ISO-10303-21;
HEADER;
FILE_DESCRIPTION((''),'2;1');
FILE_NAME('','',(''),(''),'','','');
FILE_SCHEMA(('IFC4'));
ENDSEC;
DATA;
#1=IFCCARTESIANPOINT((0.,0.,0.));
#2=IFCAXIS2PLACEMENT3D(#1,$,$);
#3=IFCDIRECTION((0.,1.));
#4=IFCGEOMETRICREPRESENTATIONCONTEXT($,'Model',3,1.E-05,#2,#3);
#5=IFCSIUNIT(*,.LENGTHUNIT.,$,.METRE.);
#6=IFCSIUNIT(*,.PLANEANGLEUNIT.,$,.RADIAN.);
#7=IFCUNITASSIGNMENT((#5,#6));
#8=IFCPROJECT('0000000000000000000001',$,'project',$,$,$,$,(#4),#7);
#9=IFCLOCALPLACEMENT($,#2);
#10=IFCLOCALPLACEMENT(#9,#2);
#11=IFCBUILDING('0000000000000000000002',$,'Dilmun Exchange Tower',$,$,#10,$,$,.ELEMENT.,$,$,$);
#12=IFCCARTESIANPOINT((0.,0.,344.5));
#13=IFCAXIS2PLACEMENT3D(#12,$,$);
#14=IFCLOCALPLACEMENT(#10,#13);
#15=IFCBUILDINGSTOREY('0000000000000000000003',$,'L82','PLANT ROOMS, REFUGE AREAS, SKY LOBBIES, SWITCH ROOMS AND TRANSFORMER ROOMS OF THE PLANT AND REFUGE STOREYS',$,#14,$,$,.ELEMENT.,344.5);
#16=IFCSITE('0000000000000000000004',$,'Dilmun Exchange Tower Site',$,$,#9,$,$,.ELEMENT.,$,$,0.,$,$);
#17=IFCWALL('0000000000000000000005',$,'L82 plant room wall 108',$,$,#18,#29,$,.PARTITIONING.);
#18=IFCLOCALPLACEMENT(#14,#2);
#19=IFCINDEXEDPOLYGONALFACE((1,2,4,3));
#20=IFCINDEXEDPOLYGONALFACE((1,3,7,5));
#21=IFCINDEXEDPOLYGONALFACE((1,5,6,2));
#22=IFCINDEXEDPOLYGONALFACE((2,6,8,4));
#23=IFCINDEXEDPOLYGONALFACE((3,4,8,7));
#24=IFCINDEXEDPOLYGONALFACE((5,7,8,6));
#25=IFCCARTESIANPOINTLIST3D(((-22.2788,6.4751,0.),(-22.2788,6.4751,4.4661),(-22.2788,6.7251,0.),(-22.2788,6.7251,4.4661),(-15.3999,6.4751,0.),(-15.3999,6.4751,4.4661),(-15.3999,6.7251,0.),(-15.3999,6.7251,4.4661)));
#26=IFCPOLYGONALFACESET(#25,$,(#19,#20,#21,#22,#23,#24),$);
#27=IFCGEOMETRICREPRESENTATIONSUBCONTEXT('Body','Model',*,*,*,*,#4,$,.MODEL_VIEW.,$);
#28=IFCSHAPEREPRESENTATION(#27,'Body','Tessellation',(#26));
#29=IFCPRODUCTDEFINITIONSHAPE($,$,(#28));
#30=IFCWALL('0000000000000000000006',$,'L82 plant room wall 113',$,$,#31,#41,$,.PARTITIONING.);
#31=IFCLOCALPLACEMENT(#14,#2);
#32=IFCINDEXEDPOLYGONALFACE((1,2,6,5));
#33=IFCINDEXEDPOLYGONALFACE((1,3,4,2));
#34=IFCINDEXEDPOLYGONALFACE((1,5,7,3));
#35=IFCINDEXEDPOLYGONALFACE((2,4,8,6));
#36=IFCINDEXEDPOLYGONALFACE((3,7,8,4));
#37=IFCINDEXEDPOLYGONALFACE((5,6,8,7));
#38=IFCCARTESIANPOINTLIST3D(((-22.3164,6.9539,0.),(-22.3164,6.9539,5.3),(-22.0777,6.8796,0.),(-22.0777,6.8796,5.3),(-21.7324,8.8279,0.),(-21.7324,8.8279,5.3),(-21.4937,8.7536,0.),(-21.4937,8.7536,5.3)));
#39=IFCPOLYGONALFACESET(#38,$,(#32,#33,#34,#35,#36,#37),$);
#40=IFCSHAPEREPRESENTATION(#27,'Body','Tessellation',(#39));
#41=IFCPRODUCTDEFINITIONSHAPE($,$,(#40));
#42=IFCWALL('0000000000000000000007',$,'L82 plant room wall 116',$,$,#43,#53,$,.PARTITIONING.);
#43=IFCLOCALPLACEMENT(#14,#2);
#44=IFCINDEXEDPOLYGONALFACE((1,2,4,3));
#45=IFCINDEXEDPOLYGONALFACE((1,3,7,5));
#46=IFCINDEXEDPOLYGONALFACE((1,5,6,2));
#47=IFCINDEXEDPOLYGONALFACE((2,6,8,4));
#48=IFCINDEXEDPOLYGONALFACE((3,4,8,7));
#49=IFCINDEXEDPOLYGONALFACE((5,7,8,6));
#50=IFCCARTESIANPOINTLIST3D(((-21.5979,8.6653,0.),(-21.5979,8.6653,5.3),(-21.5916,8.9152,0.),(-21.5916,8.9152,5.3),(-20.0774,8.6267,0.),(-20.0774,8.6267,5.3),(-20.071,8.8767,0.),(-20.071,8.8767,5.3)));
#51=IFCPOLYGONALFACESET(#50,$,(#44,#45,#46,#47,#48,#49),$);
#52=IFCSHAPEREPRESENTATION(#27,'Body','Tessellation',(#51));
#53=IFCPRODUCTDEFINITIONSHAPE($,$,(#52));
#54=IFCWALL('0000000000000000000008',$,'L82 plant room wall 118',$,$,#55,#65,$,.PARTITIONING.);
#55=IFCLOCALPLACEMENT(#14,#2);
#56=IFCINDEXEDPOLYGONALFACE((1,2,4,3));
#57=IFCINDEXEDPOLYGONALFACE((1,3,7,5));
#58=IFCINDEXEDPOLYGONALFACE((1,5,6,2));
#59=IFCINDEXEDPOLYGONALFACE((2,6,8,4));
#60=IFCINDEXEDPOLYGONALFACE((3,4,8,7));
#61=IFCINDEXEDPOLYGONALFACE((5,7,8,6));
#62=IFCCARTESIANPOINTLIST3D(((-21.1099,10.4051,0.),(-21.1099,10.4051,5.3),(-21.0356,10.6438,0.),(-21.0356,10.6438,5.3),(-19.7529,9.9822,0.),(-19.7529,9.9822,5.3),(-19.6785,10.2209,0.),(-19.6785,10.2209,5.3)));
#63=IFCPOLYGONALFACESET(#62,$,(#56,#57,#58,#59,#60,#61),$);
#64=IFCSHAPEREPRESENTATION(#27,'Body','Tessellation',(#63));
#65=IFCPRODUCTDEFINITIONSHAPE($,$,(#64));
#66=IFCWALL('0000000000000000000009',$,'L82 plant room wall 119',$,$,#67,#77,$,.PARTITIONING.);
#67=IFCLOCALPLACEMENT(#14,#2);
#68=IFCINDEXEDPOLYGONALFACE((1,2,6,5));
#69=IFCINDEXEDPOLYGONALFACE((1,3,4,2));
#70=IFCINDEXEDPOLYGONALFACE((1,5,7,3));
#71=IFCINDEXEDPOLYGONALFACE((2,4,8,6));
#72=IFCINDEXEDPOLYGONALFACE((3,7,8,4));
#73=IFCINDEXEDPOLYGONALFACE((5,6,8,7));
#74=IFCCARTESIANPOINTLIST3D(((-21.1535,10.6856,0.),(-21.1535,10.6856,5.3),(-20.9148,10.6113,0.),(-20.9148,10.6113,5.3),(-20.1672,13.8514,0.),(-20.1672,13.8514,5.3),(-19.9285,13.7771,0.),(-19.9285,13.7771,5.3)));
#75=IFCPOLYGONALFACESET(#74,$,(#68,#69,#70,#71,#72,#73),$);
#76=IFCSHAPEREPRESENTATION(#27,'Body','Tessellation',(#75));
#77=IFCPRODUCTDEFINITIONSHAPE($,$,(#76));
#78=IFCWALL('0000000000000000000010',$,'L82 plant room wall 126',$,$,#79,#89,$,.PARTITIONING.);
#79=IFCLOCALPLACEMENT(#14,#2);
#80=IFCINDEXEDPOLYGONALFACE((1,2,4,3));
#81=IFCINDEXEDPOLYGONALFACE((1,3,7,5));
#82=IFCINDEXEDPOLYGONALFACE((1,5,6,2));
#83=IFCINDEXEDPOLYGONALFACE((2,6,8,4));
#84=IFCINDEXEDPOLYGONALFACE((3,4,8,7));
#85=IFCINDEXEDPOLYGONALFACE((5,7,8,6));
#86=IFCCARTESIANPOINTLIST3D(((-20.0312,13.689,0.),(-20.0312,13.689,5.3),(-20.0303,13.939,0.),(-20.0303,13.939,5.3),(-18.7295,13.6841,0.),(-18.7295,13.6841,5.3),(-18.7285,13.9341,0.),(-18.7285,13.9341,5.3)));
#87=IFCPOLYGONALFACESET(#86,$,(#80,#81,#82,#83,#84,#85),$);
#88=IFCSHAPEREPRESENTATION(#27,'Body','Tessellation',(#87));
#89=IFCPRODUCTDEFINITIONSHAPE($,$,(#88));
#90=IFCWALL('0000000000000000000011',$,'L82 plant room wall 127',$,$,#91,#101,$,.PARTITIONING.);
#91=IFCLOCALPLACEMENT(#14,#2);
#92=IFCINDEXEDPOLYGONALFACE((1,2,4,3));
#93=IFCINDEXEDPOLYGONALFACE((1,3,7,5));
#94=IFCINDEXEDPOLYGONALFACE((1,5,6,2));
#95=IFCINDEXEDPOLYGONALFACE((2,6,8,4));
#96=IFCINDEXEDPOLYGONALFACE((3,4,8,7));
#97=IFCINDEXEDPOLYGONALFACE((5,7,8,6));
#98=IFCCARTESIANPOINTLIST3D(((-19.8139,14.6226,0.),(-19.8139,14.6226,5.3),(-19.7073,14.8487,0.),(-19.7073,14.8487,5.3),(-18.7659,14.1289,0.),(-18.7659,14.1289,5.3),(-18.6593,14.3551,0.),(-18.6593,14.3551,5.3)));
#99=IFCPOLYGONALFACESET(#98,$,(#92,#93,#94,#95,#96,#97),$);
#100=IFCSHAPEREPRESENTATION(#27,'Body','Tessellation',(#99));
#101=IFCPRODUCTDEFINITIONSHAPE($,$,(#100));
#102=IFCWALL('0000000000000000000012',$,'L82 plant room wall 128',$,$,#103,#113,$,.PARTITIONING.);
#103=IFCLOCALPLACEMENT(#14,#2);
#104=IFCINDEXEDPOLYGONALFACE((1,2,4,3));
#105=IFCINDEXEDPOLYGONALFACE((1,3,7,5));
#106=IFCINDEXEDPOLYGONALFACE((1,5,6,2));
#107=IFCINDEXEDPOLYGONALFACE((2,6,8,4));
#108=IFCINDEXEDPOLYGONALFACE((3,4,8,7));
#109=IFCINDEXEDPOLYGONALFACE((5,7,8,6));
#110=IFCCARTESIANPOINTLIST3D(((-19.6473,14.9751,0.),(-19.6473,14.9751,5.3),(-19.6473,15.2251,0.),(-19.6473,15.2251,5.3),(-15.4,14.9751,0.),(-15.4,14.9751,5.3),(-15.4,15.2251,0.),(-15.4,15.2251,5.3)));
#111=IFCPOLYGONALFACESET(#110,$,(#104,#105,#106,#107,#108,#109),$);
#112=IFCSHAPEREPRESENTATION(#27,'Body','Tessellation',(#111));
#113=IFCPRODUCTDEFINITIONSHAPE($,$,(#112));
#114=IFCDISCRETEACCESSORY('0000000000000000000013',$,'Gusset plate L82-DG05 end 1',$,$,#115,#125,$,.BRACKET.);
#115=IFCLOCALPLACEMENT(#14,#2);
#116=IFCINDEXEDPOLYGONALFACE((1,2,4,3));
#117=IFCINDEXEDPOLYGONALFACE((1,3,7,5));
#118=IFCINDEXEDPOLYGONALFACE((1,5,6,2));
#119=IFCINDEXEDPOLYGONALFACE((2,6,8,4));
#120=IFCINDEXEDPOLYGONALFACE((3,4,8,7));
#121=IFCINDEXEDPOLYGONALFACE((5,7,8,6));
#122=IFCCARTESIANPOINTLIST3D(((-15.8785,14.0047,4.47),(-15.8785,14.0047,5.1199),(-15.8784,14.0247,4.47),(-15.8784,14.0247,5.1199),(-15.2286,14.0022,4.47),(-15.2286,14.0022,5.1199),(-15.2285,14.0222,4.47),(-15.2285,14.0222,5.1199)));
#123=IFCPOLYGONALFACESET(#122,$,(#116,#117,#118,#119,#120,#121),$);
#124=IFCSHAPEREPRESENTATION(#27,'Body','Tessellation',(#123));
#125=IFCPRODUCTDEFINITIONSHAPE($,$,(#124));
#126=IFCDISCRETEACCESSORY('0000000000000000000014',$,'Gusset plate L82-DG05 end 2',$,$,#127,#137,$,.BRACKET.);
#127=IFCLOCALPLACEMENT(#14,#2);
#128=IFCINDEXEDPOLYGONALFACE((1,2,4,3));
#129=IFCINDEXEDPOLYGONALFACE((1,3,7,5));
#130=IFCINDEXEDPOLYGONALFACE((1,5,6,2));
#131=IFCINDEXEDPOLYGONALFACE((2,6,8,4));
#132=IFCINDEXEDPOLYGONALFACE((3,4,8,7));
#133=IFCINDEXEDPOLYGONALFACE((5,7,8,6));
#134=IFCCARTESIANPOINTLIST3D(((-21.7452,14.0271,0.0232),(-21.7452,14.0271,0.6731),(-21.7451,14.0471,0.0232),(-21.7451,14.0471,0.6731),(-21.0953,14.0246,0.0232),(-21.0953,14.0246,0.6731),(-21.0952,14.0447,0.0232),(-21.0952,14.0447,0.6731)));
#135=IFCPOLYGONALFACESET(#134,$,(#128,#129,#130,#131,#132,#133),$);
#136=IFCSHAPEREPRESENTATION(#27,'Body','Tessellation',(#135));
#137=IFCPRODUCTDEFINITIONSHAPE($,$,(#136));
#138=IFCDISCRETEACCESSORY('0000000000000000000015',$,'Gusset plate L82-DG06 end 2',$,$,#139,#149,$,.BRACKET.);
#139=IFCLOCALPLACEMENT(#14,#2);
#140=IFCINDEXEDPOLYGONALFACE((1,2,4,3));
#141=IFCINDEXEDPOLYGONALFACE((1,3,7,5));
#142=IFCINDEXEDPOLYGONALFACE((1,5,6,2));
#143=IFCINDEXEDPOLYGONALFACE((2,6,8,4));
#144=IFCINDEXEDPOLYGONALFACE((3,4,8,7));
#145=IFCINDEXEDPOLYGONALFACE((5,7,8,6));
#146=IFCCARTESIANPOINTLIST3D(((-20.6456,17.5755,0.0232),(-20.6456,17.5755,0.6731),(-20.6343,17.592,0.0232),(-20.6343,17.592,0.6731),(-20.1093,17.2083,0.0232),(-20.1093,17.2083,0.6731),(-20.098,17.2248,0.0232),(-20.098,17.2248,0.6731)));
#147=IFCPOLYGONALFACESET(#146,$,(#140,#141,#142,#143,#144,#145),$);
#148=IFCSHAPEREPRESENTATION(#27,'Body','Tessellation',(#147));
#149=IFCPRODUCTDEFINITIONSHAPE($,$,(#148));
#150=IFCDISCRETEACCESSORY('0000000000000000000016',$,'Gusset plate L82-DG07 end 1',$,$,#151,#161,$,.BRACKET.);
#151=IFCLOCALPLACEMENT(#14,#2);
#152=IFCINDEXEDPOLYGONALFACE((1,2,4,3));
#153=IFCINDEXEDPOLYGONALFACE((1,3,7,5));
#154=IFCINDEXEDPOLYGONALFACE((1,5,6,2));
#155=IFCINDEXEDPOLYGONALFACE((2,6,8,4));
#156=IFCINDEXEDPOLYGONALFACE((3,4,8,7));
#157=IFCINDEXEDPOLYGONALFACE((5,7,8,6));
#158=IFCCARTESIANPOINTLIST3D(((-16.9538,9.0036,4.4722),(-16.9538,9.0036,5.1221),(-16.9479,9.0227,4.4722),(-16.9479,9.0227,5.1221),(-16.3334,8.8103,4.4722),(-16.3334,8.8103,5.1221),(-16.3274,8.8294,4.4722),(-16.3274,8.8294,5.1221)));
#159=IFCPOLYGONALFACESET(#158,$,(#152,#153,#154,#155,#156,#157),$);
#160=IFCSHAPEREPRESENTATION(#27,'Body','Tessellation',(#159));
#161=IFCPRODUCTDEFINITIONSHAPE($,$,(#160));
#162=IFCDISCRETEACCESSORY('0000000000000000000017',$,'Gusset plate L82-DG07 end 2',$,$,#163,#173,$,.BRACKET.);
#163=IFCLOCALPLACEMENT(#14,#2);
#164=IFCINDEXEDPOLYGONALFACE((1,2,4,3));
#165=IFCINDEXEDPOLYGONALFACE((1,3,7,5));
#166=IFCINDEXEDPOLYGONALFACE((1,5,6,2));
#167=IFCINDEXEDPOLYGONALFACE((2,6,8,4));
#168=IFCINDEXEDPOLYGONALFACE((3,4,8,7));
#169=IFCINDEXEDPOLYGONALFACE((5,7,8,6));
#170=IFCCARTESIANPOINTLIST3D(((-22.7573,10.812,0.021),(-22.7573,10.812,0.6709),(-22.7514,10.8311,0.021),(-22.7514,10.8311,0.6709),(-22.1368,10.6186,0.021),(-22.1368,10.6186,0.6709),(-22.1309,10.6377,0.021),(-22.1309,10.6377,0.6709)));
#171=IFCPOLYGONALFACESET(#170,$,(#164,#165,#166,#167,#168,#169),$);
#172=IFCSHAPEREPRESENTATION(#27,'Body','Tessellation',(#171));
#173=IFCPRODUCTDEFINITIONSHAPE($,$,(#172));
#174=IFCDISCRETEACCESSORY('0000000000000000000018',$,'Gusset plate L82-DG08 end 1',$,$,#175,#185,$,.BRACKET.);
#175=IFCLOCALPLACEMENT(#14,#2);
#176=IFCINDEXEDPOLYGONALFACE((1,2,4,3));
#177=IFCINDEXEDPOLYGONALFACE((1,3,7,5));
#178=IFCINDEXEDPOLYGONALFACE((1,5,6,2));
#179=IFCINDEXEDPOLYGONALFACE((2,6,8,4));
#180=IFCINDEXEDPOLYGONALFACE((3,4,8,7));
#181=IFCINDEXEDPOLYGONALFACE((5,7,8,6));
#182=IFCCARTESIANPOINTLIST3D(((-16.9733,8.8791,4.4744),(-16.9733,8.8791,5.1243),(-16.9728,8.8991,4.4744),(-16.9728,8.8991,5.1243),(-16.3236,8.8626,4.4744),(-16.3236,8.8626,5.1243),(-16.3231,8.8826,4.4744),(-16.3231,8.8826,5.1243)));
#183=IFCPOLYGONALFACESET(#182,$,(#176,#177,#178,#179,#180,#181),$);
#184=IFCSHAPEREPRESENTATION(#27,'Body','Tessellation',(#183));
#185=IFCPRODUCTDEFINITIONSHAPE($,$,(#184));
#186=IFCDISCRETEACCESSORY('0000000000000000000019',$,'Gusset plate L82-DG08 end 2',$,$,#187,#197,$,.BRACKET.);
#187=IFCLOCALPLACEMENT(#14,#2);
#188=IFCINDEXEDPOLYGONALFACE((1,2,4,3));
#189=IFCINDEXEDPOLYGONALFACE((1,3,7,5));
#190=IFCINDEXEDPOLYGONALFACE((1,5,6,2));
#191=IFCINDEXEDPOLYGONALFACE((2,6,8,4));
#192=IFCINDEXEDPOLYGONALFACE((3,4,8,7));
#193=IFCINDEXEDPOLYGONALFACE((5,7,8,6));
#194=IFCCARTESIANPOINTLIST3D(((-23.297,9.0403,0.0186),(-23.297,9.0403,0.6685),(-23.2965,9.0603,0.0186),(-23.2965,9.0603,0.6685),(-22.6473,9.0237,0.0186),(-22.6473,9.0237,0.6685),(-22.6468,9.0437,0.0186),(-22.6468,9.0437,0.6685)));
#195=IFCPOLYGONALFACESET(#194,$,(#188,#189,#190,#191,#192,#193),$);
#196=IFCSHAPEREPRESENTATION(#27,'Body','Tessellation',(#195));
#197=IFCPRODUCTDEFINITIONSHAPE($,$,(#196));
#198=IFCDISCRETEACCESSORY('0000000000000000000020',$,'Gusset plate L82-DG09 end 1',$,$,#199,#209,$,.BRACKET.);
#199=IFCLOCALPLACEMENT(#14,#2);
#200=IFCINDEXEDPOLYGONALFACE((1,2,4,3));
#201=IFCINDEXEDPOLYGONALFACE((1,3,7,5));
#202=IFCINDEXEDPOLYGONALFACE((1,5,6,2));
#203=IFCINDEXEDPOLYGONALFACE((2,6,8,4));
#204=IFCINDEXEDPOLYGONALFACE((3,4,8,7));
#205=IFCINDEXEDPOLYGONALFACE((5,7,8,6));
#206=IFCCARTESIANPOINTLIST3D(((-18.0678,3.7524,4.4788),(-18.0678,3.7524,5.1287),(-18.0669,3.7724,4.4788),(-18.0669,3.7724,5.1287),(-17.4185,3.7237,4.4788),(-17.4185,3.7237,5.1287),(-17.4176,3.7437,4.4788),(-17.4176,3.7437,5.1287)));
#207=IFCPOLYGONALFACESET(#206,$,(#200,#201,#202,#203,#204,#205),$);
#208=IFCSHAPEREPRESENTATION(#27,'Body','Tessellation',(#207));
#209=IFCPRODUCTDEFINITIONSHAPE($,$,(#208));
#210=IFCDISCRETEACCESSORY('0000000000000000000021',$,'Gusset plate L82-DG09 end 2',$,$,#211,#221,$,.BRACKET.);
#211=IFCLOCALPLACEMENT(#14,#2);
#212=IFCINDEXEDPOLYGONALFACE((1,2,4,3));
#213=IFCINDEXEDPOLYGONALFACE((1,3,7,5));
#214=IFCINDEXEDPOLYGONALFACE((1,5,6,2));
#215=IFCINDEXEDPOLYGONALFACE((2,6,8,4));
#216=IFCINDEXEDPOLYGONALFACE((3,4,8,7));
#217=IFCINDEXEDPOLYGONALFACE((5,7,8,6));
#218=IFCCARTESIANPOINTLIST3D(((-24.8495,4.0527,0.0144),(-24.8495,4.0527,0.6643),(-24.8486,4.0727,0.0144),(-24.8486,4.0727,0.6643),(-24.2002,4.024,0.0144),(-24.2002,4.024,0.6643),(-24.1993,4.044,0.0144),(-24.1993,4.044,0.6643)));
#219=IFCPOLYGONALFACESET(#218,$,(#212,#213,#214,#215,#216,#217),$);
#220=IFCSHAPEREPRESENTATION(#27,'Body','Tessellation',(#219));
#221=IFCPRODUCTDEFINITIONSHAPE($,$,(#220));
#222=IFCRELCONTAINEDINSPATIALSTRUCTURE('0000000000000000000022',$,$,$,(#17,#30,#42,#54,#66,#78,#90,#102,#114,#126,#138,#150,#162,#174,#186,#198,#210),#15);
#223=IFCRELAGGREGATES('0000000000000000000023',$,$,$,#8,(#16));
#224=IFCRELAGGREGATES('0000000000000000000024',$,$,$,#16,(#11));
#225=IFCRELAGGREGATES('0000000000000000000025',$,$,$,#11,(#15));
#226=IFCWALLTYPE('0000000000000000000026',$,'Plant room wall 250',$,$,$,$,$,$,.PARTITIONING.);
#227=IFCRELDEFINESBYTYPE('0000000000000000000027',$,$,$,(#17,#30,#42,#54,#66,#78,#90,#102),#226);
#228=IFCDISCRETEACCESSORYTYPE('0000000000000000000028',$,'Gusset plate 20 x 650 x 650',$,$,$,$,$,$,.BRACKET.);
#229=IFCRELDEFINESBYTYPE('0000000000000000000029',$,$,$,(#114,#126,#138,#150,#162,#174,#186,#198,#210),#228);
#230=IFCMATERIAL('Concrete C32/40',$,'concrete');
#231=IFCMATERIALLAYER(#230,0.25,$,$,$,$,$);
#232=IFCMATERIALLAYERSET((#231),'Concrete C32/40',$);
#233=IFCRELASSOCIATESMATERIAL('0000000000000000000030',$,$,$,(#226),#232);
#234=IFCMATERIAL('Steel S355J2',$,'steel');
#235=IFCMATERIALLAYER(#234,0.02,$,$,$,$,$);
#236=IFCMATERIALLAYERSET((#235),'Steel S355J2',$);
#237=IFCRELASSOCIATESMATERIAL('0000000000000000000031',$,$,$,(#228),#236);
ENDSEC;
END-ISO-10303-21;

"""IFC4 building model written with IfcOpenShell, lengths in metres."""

from ifc_helpers import new_model, si_unit, direction, frame, frame_2d, origin, origin_2d, place, context, subcontext, project, spatial, rectangle, extrude, material, layer, layer_set, type_object, element, save


model = new_model("IFC4")

# Units and contexts
model_context = context("Model", 3, precision=1e-05, world=origin(), true_north=direction((0.0, 1.0)))
body_context = subcontext(model_context, "Body", "Model", "MODEL_VIEW")
ifc_project = project(units=[si_unit("LENGTHUNIT", "METRE"), si_unit("PLANEANGLEUNIT", "RADIAN")], contexts=[model_context])

# Site, building, storey
site_placement = place(None, origin())
site = spatial("IfcSite", under=ifc_project, at=site_placement, Name="Dilmun Exchange Tower Site", CompositionType="ELEMENT", RefElevation=0.0)
building_placement = place(site_placement, origin())
building = spatial("IfcBuilding", under=site, at=building_placement, Name="Dilmun Exchange Tower", CompositionType="ELEMENT")
storey_placement = place(building_placement, frame((0.0, 0.0, 344.5)))
storey = spatial("IfcBuildingStorey", under=building, at=storey_placement, Name="L82", Description="PLANT ROOMS, REFUGE AREAS, SKY LOBBIES, SWITCH ROOMS AND TRANSFORMER ROOMS OF THE PLANT AND REFUGE STOREYS", CompositionType="ELEMENT", Elevation=344.5)

# Walls
ifc_material_1 = material(Name="Concrete C32/40", Category="concrete")
ifc_layer_1 = layer(ifc_material_1, 0.25)
ifc_layer_set_1 = layer_set([ifc_layer_1], Name="Concrete C32/40")
wall_type = type_object("IfcWallType", Name="Plant room wall 250", PredefinedType="PARTITIONING", material=ifc_layer_set_1)
wall_1_placement = place(storey_placement, frame((-22.2788, 6.6001, 0.0), z_axis=(0.0, 0.0, 1.0), x_axis=(1.0, 0.0, 0.0)))
element("IfcWall", 1, at=wall_1_placement, inside=storey, type_object=wall_type, Name="L82 plant room wall 108", PredefinedType="PARTITIONING", context=body_context, shape_type="SweptSolid", body=[
    extrude(rectangle(XDim=6.8789, YDim=0.25, at=frame_2d((3.4395, 0.0))), origin(), (0.0, 0.0, 1.0), 4.4661),
])
wall_2_placement = place(storey_placement, frame((-22.197, 6.9167, 0.0), z_axis=(0.0, 0.0, 1.0), x_axis=(0.29751, 0.954719, 0.0)))
element("IfcWall", 2, at=wall_2_placement, inside=storey, type_object=wall_type, Name="L82 plant room wall 113", PredefinedType="PARTITIONING", context=body_context, shape_type="SweptSolid", body=[
    extrude(rectangle(XDim=1.9629, YDim=0.25, at=frame_2d((0.9814, 0.0))), origin(), (0.0, 0.0, 1.0), 5.3),
])
wall_3_placement = place(storey_placement, frame((-21.5947, 8.7903, 0.0), z_axis=(0.0, 0.0, 1.0), x_axis=(0.999678, -0.025361, 0.0)))
element("IfcWall", 3, at=wall_3_placement, inside=storey, type_object=wall_type, Name="L82 plant room wall 116", PredefinedType="PARTITIONING", context=body_context, shape_type="SweptSolid", body=[
    extrude(rectangle(XDim=1.521, YDim=0.25, at=frame_2d((0.7605, 0.0))), origin(), (0.0, 0.0, 1.0), 5.3),
])
wall_4_placement = place(storey_placement, frame((-21.0728, 10.5244, 0.0), z_axis=(0.0, 0.0, 1.0), x_axis=(0.954718, -0.297512, 0.0)))
element("IfcWall", 4, at=wall_4_placement, inside=storey, type_object=wall_type, Name="L82 plant room wall 118", PredefinedType="PARTITIONING", context=body_context, shape_type="SweptSolid", body=[
    extrude(rectangle(XDim=1.4214, YDim=0.25, at=frame_2d((0.7107, 0.0))), origin(), (0.0, 0.0, 1.0), 5.3),
])
wall_5_placement = place(storey_placement, frame((-21.0342, 10.6484, 0.0), z_axis=(0.0, 0.0, 1.0), x_axis=(0.297457, 0.954735, 0.0)))
element("IfcWall", 5, at=wall_5_placement, inside=storey, type_object=wall_type, Name="L82 plant room wall 119", PredefinedType="PARTITIONING", context=body_context, shape_type="SweptSolid", body=[
    extrude(rectangle(XDim=3.3159, YDim=0.25, at=frame_2d((1.658, 0.0))), origin(), (0.0, 0.0, 1.0), 5.3),
])
wall_6_placement = place(storey_placement, frame((-20.0308, 13.814, 0.0), z_axis=(0.0, 0.0, 1.0), x_axis=(0.999993, -0.003751, 0.0)))
element("IfcWall", 6, at=wall_6_placement, inside=storey, type_object=wall_type, Name="L82 plant room wall 126", PredefinedType="PARTITIONING", context=body_context, shape_type="SweptSolid", body=[
    extrude(rectangle(XDim=1.3018, YDim=0.25, at=frame_2d((0.6509, 0.0))), origin(), (0.0, 0.0, 1.0), 5.3),
])
wall_7_placement = place(storey_placement, frame((-19.7605, 14.7356, 0.0), z_axis=(0.0, 0.0, 1.0), x_axis=(0.904675, -0.426101, 0.0)))
element("IfcWall", 7, at=wall_7_placement, inside=storey, type_object=wall_type, Name="L82 plant room wall 127", PredefinedType="PARTITIONING", context=body_context, shape_type="SweptSolid", body=[
    extrude(rectangle(XDim=1.1584, YDim=0.25, at=frame_2d((0.5791, 0.0))), origin(), (0.0, 0.0, 1.0), 5.3),
])
wall_8_placement = place(storey_placement, frame((-19.6472, 15.1001, 0.0), z_axis=(0.0, 0.0, 1.0), x_axis=(1.0, 0.0, 0.0)))
element("IfcWall", 8, at=wall_8_placement, inside=storey, type_object=wall_type, Name="L82 plant room wall 128", PredefinedType="PARTITIONING", context=body_context, shape_type="SweptSolid", body=[
    extrude(rectangle(XDim=4.2473, YDim=0.25, at=frame_2d((2.1235, 0.0))), origin(), (0.0, 0.0, 1.0), 5.3),
])

# Discrete accessories
ifc_material_2 = material(Name="Steel S355J2", Category="steel")
ifc_layer_2 = layer(ifc_material_2, 0.02)
ifc_layer_set_2 = layer_set([ifc_layer_2], Name="Steel S355J2")
discrete_accessory_type = type_object("IfcDiscreteAccessoryType", Name="Gusset plate 20 x 650 x 650", PredefinedType="BRACKET", material=ifc_layer_set_2)
for number, where, z_axis, x_axis, name in (
    (9, (-15.5535, 14.0134, 4.47), (0.0, 0.0, 1.0), (-0.999993, 0.003803, 0.0), "Gusset plate L82-DG05 end 1"),
    (10, (-21.4202, 14.0359, 0.0232), (0.0, 0.0, 1.0), (-0.999993, 0.003803, 0.0), "Gusset plate L82-DG05 end 2"),
    (11, (-20.3718, 17.4001, 0.0232), (0.0, 0.0, 1.0), (-0.825161, 0.564898, 0.0), "Gusset plate L82-DG06 end 2"),
    (12, (-16.6406, 8.9165, 4.4722), (0.0, 0.0, 1.0), (-0.954727, 0.297483, 0.0), "Gusset plate L82-DG07 end 1"),
    (13, (-22.4441, 10.7249, 0.021), (0.0, 0.0, 1.0), (-0.954727, 0.297483, 0.0), "Gusset plate L82-DG07 end 2"),
    (14, (-16.6482, 8.8809, 4.4744), (0.0, 0.0, 1.0), (-0.999676, 0.025458, 0.0), "Gusset plate L82-DG08 end 1"),
    (15, (-22.9719, 9.042, 0.0186), (0.0, 0.0, 1.0), (-0.999676, 0.025458, 0.0), "Gusset plate L82-DG08 end 2"),
    (16, (-17.7427, 3.748, 4.4788), (0.0, 0.0, 1.0), (-0.99902, 0.044251, 0.0), "Gusset plate L82-DG09 end 1"),
    (17, (-24.5244, 4.0483, 0.0144), (0.0, 0.0, 1.0), (-0.99902, 0.044251, 0.0), "Gusset plate L82-DG09 end 2"),
):
    element("IfcDiscreteAccessory", number, at=place(storey_placement, frame(where, z_axis=z_axis, x_axis=x_axis)), inside=storey, type_object=discrete_accessory_type, Name=name, PredefinedType="BRACKET", context=body_context, shape_type="SweptSolid", body=[
        extrude(rectangle(XDim=0.6499, YDim=0.02, at=origin_2d()), origin(), (0.0, 0.0, 1.0), 0.6499),
    ])

save(model, "model.ifc")
